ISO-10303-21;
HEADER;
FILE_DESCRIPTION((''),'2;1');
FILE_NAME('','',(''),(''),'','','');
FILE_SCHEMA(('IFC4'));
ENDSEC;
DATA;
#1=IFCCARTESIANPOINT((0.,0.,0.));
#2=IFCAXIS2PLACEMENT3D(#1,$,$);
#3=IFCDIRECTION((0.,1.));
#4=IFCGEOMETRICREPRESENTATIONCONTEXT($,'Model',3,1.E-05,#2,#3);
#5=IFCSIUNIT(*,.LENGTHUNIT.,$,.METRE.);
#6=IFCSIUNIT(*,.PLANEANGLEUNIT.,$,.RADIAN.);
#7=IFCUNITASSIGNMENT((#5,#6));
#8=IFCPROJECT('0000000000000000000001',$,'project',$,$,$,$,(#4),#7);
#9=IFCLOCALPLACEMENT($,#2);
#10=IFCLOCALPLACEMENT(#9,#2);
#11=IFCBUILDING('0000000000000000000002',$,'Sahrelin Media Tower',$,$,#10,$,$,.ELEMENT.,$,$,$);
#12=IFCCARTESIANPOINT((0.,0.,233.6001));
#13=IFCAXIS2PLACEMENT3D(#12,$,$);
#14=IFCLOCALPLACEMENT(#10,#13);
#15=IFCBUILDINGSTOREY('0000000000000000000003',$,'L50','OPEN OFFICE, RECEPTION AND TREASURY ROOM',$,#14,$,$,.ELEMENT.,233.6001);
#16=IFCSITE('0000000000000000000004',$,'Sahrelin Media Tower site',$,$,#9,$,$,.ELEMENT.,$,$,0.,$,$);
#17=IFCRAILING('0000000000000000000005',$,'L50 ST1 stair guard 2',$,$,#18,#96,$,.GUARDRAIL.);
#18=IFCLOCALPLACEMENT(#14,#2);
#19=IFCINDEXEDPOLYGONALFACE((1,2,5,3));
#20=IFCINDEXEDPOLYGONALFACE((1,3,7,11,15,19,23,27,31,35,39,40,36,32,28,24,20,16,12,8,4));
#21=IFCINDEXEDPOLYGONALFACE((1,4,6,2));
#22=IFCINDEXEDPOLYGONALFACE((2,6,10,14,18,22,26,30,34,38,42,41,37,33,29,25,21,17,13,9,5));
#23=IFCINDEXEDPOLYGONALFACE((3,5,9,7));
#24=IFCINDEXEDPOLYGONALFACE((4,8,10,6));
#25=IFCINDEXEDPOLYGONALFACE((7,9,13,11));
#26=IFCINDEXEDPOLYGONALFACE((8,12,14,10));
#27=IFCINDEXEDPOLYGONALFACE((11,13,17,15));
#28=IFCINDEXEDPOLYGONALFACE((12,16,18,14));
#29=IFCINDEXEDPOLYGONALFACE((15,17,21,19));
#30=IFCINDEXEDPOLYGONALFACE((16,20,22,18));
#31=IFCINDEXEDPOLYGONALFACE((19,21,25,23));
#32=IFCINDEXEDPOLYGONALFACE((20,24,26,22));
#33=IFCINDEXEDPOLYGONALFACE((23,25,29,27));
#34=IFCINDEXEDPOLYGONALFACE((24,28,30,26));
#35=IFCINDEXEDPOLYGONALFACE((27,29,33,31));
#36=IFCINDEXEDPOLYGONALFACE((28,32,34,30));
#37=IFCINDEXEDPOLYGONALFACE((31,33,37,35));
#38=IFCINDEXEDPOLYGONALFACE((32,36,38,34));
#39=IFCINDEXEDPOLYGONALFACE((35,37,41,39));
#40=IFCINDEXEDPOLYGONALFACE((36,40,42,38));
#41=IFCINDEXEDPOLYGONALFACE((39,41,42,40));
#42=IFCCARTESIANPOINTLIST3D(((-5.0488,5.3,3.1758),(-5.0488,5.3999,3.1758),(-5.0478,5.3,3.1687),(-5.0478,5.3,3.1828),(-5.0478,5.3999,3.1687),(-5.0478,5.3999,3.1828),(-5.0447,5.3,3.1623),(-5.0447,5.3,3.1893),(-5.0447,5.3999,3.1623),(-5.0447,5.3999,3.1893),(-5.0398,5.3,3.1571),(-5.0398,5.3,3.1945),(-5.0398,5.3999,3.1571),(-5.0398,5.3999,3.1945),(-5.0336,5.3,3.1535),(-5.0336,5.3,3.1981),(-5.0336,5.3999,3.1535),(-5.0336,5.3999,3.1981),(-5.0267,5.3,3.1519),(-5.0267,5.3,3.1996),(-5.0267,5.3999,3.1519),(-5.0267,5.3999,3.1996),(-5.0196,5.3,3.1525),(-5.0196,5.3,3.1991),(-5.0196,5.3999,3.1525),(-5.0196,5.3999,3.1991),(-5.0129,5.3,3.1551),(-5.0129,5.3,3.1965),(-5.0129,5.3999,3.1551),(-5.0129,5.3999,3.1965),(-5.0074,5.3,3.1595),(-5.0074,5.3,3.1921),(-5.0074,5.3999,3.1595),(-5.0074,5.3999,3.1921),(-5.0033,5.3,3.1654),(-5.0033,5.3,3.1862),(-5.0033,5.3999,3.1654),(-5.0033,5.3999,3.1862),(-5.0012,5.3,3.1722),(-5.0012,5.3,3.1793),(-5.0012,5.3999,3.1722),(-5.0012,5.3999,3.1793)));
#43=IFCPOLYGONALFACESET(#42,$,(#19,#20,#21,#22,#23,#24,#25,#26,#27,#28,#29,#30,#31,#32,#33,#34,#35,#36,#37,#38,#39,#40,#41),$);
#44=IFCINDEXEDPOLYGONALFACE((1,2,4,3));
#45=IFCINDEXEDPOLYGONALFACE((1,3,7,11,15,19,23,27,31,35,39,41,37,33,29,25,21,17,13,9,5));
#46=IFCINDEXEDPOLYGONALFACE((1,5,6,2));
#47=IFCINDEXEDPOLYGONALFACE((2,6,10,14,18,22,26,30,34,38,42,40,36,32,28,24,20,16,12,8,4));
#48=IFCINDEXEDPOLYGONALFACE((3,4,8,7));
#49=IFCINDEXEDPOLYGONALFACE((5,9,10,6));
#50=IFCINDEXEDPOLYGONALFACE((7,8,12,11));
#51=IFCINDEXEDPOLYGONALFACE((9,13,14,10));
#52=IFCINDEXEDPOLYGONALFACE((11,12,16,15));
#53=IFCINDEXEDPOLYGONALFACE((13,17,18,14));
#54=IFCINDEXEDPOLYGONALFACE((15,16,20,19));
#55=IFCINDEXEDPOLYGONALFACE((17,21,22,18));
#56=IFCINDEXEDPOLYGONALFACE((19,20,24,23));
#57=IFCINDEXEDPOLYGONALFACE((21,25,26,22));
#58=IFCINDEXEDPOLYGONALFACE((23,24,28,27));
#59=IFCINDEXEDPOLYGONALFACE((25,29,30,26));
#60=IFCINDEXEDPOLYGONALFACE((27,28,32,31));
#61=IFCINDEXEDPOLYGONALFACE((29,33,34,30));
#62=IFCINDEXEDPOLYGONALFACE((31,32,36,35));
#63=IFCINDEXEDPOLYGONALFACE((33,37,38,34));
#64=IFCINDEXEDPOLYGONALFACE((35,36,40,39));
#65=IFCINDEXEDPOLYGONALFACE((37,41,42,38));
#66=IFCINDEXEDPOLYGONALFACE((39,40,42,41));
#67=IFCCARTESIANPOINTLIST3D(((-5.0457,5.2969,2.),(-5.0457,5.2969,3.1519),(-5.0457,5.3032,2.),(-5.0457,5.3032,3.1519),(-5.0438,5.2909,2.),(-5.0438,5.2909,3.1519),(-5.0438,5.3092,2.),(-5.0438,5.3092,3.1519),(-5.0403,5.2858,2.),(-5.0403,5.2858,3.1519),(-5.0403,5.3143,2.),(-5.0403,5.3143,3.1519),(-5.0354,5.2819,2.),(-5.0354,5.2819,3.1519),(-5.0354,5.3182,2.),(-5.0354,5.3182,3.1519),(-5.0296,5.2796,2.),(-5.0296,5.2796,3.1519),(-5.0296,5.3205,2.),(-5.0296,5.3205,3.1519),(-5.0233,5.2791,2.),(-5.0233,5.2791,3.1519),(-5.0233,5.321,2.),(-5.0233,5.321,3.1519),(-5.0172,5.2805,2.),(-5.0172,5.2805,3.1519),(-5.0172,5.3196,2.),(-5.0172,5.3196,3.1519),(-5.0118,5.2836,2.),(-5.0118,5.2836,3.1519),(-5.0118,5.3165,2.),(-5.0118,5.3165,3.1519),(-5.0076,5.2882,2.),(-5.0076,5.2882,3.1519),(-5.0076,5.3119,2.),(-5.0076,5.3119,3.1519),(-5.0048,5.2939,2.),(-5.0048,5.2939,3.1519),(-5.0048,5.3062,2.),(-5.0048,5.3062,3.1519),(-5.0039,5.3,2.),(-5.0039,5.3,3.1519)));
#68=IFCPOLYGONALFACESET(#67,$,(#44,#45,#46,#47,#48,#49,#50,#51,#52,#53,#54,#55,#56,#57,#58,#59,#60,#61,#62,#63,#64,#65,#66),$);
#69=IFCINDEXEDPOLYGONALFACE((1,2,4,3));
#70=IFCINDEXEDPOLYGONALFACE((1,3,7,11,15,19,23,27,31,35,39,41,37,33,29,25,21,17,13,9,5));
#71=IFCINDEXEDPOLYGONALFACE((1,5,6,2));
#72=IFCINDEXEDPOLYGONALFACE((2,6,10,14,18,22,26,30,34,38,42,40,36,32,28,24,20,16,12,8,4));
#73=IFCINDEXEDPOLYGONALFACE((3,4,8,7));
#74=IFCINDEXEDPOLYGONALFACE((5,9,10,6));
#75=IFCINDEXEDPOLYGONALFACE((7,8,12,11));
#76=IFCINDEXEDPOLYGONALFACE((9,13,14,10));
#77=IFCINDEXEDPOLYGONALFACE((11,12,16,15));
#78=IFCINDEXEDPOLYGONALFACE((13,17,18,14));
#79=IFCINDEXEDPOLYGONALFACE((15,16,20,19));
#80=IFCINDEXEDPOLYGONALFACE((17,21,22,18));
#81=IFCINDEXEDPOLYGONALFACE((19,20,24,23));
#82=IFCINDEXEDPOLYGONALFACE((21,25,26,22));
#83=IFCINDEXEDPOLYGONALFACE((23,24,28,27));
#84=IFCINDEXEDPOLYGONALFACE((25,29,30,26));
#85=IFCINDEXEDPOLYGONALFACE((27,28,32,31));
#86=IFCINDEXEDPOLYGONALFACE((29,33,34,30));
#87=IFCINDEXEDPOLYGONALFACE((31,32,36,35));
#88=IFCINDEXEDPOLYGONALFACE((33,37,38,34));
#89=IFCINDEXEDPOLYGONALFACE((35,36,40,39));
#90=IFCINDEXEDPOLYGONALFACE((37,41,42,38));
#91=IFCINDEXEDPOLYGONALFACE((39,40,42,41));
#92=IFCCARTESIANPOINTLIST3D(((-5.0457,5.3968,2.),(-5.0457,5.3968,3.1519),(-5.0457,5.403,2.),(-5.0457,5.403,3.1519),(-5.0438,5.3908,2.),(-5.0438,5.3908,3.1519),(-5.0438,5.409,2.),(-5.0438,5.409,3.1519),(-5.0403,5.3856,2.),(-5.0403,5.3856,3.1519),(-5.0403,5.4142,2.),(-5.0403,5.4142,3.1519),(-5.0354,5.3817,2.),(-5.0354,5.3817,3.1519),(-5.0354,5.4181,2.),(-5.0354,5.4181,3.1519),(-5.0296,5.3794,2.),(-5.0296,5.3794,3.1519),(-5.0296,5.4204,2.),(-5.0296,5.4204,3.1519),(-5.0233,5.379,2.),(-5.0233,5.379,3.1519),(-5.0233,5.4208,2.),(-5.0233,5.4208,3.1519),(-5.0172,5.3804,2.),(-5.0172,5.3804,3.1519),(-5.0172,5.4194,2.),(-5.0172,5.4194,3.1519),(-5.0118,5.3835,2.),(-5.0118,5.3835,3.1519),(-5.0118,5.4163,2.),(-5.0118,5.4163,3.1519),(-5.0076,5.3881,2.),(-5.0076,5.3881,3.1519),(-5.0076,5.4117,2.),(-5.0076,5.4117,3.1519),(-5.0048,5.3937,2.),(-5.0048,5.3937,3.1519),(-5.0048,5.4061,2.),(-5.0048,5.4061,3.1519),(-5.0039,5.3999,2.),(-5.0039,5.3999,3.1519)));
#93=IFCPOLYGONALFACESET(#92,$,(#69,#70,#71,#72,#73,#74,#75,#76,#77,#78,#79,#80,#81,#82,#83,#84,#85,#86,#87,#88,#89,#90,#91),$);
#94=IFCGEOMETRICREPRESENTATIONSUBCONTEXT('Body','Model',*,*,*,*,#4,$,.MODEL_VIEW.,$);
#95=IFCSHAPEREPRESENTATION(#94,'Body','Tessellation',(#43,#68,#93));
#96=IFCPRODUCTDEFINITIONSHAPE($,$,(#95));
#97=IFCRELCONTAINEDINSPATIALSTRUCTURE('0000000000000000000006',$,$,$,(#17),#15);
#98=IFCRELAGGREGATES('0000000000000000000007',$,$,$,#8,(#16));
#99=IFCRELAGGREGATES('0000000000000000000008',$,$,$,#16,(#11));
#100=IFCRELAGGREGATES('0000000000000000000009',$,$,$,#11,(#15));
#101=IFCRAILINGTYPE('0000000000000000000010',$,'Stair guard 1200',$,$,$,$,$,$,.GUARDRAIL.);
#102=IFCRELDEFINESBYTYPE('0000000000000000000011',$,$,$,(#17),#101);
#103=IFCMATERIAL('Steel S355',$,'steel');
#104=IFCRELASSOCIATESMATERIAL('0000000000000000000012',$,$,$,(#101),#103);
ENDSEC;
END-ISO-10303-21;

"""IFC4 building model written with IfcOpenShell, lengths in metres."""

from ifc_helpers import new_model, si_unit, direction, frame, origin, origin_2d, place, context, subcontext, project, spatial, circle, extrude, material, type_object, element, save


model = new_model("IFC4")

# Units and contexts
model_context = context("Model", 3, precision=1e-05, world=origin(), true_north=direction((0.0, 1.0)))
body_context = subcontext(model_context, "Body", "Model", "MODEL_VIEW")
ifc_project = project(units=[si_unit("LENGTHUNIT", "METRE"), si_unit("PLANEANGLEUNIT", "RADIAN")], contexts=[model_context])

# Site, building, storey
site_placement = place(None, origin())
site = spatial("IfcSite", under=ifc_project, at=site_placement, Name="Sahrelin Media Tower site", CompositionType="ELEMENT", RefElevation=0.0)
building_placement = place(site_placement, origin())
building = spatial("IfcBuilding", under=site, at=building_placement, Name="Sahrelin Media Tower", CompositionType="ELEMENT")
storey_placement = place(building_placement, frame((0.0, 0.0, 233.6001)))
storey = spatial("IfcBuildingStorey", under=building, at=storey_placement, Name="L50", Description="OPEN OFFICE, RECEPTION AND TREASURY ROOM", CompositionType="ELEMENT", Elevation=233.6001)

# Shared definitions
ifc_material_1 = material(Name="Steel S355", Category="steel")

# Railing
railing_type_1 = type_object("IfcRailingType", Name="Stair guard 1200", PredefinedType="GUARDRAIL", material=ifc_material_1)
railing_1_placement = place(storey_placement, frame((-5.0249, 5.3, 2.0)))
element("IfcRailing", 1, at=railing_1_placement, inside=storey, type_object=railing_type_1, Name="L50 ST1 stair guard 2", PredefinedType="GUARDRAIL", context=body_context, shape_type="SweptSolid", body=[
    extrude(circle(Radius=0.0239, at=origin_2d()), frame((0.0, 0.0, 1.1758), z_axis=(0.0, 1.0, 0.0), x_axis=(-1.0, 0.0, 0.0)), (0.0, 0.0, 1.0), 0.0999),
    extrude(circle(Radius=0.021, at=origin_2d()), origin(), (0.0, 0.0, 1.0), 1.1519),
    extrude(circle(Radius=0.021, at=origin_2d()), frame((0.0, 0.0999, 0.0)), (0.0, 0.0, 1.0), 1.1519),
])

save(model, "model.ifc")
